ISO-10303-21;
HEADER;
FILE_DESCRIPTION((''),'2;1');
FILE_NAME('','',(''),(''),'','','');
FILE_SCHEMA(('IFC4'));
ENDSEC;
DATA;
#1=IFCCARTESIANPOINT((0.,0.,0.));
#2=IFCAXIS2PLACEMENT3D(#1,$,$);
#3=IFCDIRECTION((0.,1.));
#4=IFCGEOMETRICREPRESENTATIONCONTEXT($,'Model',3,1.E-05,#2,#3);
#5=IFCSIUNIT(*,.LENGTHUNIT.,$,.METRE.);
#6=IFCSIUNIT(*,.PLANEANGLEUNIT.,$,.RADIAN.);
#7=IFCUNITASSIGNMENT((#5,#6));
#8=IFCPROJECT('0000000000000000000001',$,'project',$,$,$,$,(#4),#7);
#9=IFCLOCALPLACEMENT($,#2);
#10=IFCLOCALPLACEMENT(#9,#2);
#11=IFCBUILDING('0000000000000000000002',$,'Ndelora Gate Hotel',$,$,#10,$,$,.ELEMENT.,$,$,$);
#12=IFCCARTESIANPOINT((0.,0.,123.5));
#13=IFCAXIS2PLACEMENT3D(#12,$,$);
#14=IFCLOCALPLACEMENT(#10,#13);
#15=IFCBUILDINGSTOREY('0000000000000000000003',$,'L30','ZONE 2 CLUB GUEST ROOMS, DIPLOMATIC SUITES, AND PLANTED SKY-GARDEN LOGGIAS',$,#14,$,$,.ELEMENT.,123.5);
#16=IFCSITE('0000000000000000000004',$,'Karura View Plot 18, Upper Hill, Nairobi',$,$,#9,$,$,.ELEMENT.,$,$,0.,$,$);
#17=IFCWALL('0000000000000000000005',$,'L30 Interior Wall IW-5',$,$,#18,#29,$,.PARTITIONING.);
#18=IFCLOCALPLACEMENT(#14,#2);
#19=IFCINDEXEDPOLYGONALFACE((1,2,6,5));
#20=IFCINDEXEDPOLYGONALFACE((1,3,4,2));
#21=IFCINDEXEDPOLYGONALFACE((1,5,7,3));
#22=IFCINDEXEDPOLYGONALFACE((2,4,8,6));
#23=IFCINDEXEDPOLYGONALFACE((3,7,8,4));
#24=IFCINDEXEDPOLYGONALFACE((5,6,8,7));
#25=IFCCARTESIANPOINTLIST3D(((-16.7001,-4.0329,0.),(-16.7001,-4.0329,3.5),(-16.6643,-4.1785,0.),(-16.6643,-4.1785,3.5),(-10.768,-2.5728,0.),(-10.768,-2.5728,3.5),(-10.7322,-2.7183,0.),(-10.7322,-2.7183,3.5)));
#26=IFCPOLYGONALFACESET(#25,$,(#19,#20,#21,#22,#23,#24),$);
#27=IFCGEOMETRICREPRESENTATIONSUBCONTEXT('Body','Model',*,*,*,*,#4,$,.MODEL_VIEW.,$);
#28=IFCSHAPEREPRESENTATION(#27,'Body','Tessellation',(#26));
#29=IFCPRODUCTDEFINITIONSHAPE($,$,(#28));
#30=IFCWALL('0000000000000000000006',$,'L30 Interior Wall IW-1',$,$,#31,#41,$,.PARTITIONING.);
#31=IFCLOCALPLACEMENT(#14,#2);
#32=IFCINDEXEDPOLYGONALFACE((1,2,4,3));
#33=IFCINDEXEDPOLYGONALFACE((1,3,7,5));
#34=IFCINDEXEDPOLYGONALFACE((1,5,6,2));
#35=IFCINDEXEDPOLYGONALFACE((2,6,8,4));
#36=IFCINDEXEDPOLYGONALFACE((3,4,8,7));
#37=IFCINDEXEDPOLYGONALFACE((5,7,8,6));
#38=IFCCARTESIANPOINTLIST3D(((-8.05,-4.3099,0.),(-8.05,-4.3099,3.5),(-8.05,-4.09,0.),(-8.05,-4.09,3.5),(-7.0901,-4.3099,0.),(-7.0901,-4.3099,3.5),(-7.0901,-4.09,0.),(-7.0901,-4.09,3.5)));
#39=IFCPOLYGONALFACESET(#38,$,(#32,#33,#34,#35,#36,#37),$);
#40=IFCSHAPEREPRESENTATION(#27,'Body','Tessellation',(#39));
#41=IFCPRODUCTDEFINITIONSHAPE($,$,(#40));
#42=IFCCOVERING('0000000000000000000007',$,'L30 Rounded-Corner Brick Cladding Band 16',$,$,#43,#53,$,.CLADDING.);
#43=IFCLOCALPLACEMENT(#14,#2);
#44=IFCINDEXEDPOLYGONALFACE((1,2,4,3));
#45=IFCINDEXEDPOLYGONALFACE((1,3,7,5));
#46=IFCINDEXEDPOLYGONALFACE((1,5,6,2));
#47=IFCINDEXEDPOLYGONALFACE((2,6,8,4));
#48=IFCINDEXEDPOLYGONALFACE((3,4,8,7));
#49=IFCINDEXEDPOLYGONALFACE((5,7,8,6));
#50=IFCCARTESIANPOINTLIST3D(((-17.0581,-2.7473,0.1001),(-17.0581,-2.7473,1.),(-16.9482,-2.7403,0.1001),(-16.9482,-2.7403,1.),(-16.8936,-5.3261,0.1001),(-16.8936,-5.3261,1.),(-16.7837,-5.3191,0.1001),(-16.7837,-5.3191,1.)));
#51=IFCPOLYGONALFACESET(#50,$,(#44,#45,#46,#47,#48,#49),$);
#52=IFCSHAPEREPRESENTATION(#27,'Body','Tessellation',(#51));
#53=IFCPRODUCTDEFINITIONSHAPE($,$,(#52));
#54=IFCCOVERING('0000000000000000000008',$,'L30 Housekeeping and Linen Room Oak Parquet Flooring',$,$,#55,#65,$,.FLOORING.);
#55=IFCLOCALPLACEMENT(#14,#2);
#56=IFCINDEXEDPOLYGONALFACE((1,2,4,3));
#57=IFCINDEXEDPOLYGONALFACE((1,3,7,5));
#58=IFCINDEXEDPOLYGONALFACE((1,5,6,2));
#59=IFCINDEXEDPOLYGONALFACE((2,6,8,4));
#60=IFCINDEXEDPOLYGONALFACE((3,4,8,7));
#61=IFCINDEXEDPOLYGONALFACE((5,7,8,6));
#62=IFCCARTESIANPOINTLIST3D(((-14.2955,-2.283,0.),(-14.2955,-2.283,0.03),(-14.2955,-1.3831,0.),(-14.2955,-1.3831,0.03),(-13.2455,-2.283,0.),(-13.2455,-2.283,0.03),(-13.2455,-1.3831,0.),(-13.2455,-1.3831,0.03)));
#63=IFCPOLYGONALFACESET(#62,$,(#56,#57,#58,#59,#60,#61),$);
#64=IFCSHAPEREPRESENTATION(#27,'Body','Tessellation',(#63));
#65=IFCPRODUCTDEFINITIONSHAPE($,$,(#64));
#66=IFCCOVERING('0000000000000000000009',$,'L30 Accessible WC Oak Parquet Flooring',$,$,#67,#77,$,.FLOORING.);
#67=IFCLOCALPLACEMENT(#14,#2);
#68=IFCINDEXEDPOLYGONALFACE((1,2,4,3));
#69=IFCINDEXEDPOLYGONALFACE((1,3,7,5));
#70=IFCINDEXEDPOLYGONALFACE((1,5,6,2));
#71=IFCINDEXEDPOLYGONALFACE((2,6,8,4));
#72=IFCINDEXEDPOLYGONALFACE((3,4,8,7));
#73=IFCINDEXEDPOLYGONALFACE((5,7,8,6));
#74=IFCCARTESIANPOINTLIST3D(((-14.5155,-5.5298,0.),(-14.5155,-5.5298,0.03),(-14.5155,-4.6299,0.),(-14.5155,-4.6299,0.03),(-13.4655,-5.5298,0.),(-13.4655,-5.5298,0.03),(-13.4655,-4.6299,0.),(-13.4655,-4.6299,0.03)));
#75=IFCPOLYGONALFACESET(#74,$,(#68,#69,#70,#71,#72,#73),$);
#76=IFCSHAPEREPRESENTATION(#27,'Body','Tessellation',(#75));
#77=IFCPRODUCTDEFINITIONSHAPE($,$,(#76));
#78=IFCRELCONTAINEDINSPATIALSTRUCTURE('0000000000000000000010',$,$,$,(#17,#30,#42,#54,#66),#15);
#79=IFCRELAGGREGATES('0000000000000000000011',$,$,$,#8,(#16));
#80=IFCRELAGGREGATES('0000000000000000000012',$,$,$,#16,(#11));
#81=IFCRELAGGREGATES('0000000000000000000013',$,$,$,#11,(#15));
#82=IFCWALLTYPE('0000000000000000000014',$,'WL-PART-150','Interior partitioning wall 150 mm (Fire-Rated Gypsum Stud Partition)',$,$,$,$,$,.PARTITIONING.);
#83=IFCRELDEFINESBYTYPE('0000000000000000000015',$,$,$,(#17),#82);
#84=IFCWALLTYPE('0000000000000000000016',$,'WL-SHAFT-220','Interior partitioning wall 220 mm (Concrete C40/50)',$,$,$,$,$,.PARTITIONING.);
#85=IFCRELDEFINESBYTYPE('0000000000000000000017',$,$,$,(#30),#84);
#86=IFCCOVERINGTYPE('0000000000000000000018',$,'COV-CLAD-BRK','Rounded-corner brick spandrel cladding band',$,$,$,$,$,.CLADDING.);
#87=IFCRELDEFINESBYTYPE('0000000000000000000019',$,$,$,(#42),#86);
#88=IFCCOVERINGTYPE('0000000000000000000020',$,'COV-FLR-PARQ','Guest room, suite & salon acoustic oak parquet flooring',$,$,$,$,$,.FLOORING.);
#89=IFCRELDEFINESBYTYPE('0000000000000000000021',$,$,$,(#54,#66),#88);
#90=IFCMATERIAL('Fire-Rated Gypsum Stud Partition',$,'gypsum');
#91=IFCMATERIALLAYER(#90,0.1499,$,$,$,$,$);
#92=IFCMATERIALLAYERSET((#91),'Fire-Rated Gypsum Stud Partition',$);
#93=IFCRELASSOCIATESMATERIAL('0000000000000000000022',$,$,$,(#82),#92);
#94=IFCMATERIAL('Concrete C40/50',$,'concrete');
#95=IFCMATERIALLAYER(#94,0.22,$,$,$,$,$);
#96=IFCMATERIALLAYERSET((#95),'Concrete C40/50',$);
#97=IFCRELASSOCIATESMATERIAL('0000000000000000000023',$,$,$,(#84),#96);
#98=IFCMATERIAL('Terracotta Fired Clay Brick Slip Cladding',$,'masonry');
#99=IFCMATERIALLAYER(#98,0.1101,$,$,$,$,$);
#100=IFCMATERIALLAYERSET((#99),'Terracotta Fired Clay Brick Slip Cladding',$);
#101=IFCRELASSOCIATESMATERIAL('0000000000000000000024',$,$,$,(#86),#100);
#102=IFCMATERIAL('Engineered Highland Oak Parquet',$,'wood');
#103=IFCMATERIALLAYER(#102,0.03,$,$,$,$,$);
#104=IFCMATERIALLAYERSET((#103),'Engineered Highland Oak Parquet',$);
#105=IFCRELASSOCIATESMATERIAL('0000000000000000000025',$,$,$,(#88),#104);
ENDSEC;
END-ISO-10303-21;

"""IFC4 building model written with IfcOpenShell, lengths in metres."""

from ifc_helpers import new_model, si_unit, direction, frame, frame_2d, origin, origin_2d, place, context, subcontext, project, spatial, rectangle, extrude, material, layer, layer_set, type_object, element, save


model = new_model("IFC4")

# Units and contexts
model_context = context("Model", 3, precision=1e-05, world=origin(), true_north=direction((0.0, 1.0)))
body_context = subcontext(model_context, "Body", "Model", "MODEL_VIEW")
ifc_project = project(units=[si_unit("LENGTHUNIT", "METRE"), si_unit("PLANEANGLEUNIT", "RADIAN")], contexts=[model_context])

# Site, building, storey
site_placement = place(None, origin())
site = spatial("IfcSite", under=ifc_project, at=site_placement, Name="Karura View Plot 18, Upper Hill, Nairobi", CompositionType="ELEMENT", RefElevation=0.0)
building_placement = place(site_placement, origin())
building = spatial("IfcBuilding", under=site, at=building_placement, Name="Ndelora Gate Hotel", CompositionType="ELEMENT")
storey_placement = place(building_placement, frame((0.0, 0.0, 123.5)))
storey = spatial("IfcBuildingStorey", under=building, at=storey_placement, Name="L30", Description="ZONE 2 CLUB GUEST ROOMS, DIPLOMATIC SUITES, AND PLANTED SKY-GARDEN LOGGIAS", CompositionType="ELEMENT", Elevation=123.5)

# Shared definitions
ifc_material_1 = material(Name="Fire-Rated Gypsum Stud Partition", Category="gypsum")
ifc_layer_1 = layer(ifc_material_1, 0.1499)
ifc_layer_set_1 = layer_set([ifc_layer_1], Name="Fire-Rated Gypsum Stud Partition")
wall_type_1 = type_object("IfcWallType", Name="WL-PART-150", Description="Interior partitioning wall 150 mm (Fire-Rated Gypsum Stud Partition)", PredefinedType="PARTITIONING", material=ifc_layer_set_1)

# Walls
wall_1_placement = place(storey_placement, frame((-10.75, -2.6455, 0.0), z_axis=(0.0, 0.0, 1.0), x_axis=(-0.971015, -0.239017, 0.0)))
element("IfcWall", 1, at=wall_1_placement, inside=storey, type_object=wall_type_1, Name="L30 Interior Wall IW-5", PredefinedType="PARTITIONING", context=body_context, shape_type="SweptSolid", body=[
    extrude(rectangle(XDim=6.1091, YDim=0.1499, at=frame_2d((3.0547, 0.0))), origin(), (0.0, 0.0, 1.0), 3.5),
])
ifc_material_2 = material(Name="Concrete C40/50", Category="concrete")
ifc_layer_2 = layer(ifc_material_2, 0.22)
ifc_layer_set_2 = layer_set([ifc_layer_2], Name="Concrete C40/50")
wall_type_2 = type_object("IfcWallType", Name="WL-SHAFT-220", Description="Interior partitioning wall 220 mm (Concrete C40/50)", PredefinedType="PARTITIONING", material=ifc_layer_set_2)
wall_2_placement = place(storey_placement, frame((-8.05, -4.2, 0.0), z_axis=(0.0, 0.0, 1.0), x_axis=(1.0, 0.0, 0.0)))
element("IfcWall", 2, at=wall_2_placement, inside=storey, type_object=wall_type_2, Name="L30 Interior Wall IW-1", PredefinedType="PARTITIONING", context=body_context, shape_type="SweptSolid", body=[
    extrude(rectangle(XDim=0.96, YDim=0.22, at=frame_2d((0.48, 0.0))), origin(), (0.0, 0.0, 1.0), 3.5),
])

# Coverings
ifc_material_3 = material(Name="Terracotta Fired Clay Brick Slip Cladding", Category="masonry")
ifc_layer_3 = layer(ifc_material_3, 0.1101)
ifc_layer_set_3 = layer_set([ifc_layer_3], Name="Terracotta Fired Clay Brick Slip Cladding")
covering_type_1 = type_object("IfcCoveringType", Name="COV-CLAD-BRK", Description="Rounded-corner brick spandrel cladding band", PredefinedType="CLADDING", material=ifc_layer_set_3)
covering_placement = place(storey_placement, frame((-16.9209, -4.0332, 0.1001), z_axis=(0.0, 0.0, 1.0), x_axis=(-0.063661, 0.997972, 0.0)))
element("IfcCovering", 3, at=covering_placement, inside=storey, type_object=covering_type_1, Name="L30 Rounded-Corner Brick Cladding Band 16", PredefinedType="CLADDING", context=body_context, shape_type="SweptSolid", body=[
    extrude(rectangle(XDim=2.584, YDim=0.1101, at=origin_2d()), origin(), (0.0, 0.0, 1.0), 0.8999),
])
ifc_material_4 = material(Name="Engineered Highland Oak Parquet", Category="wood")
ifc_layer_4 = layer(ifc_material_4, 0.03)
ifc_layer_set_4 = layer_set([ifc_layer_4], Name="Engineered Highland Oak Parquet")
covering_type_2 = type_object("IfcCoveringType", Name="COV-FLR-PARQ", Description="Guest room, suite & salon acoustic oak parquet flooring", PredefinedType="FLOORING", material=ifc_layer_set_4)
for number, where, z_axis, x_axis, name in (
    (4, (-13.7705, -1.833, 0.0), (0.0, 0.0, 1.0), (1.0, 0.0, 0.0), "L30 Housekeeping and Linen Room Oak Parquet Flooring"),
    (5, (-13.9905, -5.0798, 0.0), (0.0, 0.0, 1.0), (1.0, 0.0, 0.0), "L30 Accessible WC Oak Parquet Flooring"),
):
    element("IfcCovering", number, at=place(storey_placement, frame(where, z_axis=z_axis, x_axis=x_axis)), inside=storey, type_object=covering_type_2, Name=name, PredefinedType="FLOORING", context=body_context, shape_type="SweptSolid", body=[
        extrude(rectangle(XDim=1.05, YDim=0.8999, at=origin_2d()), origin(), (0.0, 0.0, 1.0), 0.03),
    ])

save(model, "model.ifc")
